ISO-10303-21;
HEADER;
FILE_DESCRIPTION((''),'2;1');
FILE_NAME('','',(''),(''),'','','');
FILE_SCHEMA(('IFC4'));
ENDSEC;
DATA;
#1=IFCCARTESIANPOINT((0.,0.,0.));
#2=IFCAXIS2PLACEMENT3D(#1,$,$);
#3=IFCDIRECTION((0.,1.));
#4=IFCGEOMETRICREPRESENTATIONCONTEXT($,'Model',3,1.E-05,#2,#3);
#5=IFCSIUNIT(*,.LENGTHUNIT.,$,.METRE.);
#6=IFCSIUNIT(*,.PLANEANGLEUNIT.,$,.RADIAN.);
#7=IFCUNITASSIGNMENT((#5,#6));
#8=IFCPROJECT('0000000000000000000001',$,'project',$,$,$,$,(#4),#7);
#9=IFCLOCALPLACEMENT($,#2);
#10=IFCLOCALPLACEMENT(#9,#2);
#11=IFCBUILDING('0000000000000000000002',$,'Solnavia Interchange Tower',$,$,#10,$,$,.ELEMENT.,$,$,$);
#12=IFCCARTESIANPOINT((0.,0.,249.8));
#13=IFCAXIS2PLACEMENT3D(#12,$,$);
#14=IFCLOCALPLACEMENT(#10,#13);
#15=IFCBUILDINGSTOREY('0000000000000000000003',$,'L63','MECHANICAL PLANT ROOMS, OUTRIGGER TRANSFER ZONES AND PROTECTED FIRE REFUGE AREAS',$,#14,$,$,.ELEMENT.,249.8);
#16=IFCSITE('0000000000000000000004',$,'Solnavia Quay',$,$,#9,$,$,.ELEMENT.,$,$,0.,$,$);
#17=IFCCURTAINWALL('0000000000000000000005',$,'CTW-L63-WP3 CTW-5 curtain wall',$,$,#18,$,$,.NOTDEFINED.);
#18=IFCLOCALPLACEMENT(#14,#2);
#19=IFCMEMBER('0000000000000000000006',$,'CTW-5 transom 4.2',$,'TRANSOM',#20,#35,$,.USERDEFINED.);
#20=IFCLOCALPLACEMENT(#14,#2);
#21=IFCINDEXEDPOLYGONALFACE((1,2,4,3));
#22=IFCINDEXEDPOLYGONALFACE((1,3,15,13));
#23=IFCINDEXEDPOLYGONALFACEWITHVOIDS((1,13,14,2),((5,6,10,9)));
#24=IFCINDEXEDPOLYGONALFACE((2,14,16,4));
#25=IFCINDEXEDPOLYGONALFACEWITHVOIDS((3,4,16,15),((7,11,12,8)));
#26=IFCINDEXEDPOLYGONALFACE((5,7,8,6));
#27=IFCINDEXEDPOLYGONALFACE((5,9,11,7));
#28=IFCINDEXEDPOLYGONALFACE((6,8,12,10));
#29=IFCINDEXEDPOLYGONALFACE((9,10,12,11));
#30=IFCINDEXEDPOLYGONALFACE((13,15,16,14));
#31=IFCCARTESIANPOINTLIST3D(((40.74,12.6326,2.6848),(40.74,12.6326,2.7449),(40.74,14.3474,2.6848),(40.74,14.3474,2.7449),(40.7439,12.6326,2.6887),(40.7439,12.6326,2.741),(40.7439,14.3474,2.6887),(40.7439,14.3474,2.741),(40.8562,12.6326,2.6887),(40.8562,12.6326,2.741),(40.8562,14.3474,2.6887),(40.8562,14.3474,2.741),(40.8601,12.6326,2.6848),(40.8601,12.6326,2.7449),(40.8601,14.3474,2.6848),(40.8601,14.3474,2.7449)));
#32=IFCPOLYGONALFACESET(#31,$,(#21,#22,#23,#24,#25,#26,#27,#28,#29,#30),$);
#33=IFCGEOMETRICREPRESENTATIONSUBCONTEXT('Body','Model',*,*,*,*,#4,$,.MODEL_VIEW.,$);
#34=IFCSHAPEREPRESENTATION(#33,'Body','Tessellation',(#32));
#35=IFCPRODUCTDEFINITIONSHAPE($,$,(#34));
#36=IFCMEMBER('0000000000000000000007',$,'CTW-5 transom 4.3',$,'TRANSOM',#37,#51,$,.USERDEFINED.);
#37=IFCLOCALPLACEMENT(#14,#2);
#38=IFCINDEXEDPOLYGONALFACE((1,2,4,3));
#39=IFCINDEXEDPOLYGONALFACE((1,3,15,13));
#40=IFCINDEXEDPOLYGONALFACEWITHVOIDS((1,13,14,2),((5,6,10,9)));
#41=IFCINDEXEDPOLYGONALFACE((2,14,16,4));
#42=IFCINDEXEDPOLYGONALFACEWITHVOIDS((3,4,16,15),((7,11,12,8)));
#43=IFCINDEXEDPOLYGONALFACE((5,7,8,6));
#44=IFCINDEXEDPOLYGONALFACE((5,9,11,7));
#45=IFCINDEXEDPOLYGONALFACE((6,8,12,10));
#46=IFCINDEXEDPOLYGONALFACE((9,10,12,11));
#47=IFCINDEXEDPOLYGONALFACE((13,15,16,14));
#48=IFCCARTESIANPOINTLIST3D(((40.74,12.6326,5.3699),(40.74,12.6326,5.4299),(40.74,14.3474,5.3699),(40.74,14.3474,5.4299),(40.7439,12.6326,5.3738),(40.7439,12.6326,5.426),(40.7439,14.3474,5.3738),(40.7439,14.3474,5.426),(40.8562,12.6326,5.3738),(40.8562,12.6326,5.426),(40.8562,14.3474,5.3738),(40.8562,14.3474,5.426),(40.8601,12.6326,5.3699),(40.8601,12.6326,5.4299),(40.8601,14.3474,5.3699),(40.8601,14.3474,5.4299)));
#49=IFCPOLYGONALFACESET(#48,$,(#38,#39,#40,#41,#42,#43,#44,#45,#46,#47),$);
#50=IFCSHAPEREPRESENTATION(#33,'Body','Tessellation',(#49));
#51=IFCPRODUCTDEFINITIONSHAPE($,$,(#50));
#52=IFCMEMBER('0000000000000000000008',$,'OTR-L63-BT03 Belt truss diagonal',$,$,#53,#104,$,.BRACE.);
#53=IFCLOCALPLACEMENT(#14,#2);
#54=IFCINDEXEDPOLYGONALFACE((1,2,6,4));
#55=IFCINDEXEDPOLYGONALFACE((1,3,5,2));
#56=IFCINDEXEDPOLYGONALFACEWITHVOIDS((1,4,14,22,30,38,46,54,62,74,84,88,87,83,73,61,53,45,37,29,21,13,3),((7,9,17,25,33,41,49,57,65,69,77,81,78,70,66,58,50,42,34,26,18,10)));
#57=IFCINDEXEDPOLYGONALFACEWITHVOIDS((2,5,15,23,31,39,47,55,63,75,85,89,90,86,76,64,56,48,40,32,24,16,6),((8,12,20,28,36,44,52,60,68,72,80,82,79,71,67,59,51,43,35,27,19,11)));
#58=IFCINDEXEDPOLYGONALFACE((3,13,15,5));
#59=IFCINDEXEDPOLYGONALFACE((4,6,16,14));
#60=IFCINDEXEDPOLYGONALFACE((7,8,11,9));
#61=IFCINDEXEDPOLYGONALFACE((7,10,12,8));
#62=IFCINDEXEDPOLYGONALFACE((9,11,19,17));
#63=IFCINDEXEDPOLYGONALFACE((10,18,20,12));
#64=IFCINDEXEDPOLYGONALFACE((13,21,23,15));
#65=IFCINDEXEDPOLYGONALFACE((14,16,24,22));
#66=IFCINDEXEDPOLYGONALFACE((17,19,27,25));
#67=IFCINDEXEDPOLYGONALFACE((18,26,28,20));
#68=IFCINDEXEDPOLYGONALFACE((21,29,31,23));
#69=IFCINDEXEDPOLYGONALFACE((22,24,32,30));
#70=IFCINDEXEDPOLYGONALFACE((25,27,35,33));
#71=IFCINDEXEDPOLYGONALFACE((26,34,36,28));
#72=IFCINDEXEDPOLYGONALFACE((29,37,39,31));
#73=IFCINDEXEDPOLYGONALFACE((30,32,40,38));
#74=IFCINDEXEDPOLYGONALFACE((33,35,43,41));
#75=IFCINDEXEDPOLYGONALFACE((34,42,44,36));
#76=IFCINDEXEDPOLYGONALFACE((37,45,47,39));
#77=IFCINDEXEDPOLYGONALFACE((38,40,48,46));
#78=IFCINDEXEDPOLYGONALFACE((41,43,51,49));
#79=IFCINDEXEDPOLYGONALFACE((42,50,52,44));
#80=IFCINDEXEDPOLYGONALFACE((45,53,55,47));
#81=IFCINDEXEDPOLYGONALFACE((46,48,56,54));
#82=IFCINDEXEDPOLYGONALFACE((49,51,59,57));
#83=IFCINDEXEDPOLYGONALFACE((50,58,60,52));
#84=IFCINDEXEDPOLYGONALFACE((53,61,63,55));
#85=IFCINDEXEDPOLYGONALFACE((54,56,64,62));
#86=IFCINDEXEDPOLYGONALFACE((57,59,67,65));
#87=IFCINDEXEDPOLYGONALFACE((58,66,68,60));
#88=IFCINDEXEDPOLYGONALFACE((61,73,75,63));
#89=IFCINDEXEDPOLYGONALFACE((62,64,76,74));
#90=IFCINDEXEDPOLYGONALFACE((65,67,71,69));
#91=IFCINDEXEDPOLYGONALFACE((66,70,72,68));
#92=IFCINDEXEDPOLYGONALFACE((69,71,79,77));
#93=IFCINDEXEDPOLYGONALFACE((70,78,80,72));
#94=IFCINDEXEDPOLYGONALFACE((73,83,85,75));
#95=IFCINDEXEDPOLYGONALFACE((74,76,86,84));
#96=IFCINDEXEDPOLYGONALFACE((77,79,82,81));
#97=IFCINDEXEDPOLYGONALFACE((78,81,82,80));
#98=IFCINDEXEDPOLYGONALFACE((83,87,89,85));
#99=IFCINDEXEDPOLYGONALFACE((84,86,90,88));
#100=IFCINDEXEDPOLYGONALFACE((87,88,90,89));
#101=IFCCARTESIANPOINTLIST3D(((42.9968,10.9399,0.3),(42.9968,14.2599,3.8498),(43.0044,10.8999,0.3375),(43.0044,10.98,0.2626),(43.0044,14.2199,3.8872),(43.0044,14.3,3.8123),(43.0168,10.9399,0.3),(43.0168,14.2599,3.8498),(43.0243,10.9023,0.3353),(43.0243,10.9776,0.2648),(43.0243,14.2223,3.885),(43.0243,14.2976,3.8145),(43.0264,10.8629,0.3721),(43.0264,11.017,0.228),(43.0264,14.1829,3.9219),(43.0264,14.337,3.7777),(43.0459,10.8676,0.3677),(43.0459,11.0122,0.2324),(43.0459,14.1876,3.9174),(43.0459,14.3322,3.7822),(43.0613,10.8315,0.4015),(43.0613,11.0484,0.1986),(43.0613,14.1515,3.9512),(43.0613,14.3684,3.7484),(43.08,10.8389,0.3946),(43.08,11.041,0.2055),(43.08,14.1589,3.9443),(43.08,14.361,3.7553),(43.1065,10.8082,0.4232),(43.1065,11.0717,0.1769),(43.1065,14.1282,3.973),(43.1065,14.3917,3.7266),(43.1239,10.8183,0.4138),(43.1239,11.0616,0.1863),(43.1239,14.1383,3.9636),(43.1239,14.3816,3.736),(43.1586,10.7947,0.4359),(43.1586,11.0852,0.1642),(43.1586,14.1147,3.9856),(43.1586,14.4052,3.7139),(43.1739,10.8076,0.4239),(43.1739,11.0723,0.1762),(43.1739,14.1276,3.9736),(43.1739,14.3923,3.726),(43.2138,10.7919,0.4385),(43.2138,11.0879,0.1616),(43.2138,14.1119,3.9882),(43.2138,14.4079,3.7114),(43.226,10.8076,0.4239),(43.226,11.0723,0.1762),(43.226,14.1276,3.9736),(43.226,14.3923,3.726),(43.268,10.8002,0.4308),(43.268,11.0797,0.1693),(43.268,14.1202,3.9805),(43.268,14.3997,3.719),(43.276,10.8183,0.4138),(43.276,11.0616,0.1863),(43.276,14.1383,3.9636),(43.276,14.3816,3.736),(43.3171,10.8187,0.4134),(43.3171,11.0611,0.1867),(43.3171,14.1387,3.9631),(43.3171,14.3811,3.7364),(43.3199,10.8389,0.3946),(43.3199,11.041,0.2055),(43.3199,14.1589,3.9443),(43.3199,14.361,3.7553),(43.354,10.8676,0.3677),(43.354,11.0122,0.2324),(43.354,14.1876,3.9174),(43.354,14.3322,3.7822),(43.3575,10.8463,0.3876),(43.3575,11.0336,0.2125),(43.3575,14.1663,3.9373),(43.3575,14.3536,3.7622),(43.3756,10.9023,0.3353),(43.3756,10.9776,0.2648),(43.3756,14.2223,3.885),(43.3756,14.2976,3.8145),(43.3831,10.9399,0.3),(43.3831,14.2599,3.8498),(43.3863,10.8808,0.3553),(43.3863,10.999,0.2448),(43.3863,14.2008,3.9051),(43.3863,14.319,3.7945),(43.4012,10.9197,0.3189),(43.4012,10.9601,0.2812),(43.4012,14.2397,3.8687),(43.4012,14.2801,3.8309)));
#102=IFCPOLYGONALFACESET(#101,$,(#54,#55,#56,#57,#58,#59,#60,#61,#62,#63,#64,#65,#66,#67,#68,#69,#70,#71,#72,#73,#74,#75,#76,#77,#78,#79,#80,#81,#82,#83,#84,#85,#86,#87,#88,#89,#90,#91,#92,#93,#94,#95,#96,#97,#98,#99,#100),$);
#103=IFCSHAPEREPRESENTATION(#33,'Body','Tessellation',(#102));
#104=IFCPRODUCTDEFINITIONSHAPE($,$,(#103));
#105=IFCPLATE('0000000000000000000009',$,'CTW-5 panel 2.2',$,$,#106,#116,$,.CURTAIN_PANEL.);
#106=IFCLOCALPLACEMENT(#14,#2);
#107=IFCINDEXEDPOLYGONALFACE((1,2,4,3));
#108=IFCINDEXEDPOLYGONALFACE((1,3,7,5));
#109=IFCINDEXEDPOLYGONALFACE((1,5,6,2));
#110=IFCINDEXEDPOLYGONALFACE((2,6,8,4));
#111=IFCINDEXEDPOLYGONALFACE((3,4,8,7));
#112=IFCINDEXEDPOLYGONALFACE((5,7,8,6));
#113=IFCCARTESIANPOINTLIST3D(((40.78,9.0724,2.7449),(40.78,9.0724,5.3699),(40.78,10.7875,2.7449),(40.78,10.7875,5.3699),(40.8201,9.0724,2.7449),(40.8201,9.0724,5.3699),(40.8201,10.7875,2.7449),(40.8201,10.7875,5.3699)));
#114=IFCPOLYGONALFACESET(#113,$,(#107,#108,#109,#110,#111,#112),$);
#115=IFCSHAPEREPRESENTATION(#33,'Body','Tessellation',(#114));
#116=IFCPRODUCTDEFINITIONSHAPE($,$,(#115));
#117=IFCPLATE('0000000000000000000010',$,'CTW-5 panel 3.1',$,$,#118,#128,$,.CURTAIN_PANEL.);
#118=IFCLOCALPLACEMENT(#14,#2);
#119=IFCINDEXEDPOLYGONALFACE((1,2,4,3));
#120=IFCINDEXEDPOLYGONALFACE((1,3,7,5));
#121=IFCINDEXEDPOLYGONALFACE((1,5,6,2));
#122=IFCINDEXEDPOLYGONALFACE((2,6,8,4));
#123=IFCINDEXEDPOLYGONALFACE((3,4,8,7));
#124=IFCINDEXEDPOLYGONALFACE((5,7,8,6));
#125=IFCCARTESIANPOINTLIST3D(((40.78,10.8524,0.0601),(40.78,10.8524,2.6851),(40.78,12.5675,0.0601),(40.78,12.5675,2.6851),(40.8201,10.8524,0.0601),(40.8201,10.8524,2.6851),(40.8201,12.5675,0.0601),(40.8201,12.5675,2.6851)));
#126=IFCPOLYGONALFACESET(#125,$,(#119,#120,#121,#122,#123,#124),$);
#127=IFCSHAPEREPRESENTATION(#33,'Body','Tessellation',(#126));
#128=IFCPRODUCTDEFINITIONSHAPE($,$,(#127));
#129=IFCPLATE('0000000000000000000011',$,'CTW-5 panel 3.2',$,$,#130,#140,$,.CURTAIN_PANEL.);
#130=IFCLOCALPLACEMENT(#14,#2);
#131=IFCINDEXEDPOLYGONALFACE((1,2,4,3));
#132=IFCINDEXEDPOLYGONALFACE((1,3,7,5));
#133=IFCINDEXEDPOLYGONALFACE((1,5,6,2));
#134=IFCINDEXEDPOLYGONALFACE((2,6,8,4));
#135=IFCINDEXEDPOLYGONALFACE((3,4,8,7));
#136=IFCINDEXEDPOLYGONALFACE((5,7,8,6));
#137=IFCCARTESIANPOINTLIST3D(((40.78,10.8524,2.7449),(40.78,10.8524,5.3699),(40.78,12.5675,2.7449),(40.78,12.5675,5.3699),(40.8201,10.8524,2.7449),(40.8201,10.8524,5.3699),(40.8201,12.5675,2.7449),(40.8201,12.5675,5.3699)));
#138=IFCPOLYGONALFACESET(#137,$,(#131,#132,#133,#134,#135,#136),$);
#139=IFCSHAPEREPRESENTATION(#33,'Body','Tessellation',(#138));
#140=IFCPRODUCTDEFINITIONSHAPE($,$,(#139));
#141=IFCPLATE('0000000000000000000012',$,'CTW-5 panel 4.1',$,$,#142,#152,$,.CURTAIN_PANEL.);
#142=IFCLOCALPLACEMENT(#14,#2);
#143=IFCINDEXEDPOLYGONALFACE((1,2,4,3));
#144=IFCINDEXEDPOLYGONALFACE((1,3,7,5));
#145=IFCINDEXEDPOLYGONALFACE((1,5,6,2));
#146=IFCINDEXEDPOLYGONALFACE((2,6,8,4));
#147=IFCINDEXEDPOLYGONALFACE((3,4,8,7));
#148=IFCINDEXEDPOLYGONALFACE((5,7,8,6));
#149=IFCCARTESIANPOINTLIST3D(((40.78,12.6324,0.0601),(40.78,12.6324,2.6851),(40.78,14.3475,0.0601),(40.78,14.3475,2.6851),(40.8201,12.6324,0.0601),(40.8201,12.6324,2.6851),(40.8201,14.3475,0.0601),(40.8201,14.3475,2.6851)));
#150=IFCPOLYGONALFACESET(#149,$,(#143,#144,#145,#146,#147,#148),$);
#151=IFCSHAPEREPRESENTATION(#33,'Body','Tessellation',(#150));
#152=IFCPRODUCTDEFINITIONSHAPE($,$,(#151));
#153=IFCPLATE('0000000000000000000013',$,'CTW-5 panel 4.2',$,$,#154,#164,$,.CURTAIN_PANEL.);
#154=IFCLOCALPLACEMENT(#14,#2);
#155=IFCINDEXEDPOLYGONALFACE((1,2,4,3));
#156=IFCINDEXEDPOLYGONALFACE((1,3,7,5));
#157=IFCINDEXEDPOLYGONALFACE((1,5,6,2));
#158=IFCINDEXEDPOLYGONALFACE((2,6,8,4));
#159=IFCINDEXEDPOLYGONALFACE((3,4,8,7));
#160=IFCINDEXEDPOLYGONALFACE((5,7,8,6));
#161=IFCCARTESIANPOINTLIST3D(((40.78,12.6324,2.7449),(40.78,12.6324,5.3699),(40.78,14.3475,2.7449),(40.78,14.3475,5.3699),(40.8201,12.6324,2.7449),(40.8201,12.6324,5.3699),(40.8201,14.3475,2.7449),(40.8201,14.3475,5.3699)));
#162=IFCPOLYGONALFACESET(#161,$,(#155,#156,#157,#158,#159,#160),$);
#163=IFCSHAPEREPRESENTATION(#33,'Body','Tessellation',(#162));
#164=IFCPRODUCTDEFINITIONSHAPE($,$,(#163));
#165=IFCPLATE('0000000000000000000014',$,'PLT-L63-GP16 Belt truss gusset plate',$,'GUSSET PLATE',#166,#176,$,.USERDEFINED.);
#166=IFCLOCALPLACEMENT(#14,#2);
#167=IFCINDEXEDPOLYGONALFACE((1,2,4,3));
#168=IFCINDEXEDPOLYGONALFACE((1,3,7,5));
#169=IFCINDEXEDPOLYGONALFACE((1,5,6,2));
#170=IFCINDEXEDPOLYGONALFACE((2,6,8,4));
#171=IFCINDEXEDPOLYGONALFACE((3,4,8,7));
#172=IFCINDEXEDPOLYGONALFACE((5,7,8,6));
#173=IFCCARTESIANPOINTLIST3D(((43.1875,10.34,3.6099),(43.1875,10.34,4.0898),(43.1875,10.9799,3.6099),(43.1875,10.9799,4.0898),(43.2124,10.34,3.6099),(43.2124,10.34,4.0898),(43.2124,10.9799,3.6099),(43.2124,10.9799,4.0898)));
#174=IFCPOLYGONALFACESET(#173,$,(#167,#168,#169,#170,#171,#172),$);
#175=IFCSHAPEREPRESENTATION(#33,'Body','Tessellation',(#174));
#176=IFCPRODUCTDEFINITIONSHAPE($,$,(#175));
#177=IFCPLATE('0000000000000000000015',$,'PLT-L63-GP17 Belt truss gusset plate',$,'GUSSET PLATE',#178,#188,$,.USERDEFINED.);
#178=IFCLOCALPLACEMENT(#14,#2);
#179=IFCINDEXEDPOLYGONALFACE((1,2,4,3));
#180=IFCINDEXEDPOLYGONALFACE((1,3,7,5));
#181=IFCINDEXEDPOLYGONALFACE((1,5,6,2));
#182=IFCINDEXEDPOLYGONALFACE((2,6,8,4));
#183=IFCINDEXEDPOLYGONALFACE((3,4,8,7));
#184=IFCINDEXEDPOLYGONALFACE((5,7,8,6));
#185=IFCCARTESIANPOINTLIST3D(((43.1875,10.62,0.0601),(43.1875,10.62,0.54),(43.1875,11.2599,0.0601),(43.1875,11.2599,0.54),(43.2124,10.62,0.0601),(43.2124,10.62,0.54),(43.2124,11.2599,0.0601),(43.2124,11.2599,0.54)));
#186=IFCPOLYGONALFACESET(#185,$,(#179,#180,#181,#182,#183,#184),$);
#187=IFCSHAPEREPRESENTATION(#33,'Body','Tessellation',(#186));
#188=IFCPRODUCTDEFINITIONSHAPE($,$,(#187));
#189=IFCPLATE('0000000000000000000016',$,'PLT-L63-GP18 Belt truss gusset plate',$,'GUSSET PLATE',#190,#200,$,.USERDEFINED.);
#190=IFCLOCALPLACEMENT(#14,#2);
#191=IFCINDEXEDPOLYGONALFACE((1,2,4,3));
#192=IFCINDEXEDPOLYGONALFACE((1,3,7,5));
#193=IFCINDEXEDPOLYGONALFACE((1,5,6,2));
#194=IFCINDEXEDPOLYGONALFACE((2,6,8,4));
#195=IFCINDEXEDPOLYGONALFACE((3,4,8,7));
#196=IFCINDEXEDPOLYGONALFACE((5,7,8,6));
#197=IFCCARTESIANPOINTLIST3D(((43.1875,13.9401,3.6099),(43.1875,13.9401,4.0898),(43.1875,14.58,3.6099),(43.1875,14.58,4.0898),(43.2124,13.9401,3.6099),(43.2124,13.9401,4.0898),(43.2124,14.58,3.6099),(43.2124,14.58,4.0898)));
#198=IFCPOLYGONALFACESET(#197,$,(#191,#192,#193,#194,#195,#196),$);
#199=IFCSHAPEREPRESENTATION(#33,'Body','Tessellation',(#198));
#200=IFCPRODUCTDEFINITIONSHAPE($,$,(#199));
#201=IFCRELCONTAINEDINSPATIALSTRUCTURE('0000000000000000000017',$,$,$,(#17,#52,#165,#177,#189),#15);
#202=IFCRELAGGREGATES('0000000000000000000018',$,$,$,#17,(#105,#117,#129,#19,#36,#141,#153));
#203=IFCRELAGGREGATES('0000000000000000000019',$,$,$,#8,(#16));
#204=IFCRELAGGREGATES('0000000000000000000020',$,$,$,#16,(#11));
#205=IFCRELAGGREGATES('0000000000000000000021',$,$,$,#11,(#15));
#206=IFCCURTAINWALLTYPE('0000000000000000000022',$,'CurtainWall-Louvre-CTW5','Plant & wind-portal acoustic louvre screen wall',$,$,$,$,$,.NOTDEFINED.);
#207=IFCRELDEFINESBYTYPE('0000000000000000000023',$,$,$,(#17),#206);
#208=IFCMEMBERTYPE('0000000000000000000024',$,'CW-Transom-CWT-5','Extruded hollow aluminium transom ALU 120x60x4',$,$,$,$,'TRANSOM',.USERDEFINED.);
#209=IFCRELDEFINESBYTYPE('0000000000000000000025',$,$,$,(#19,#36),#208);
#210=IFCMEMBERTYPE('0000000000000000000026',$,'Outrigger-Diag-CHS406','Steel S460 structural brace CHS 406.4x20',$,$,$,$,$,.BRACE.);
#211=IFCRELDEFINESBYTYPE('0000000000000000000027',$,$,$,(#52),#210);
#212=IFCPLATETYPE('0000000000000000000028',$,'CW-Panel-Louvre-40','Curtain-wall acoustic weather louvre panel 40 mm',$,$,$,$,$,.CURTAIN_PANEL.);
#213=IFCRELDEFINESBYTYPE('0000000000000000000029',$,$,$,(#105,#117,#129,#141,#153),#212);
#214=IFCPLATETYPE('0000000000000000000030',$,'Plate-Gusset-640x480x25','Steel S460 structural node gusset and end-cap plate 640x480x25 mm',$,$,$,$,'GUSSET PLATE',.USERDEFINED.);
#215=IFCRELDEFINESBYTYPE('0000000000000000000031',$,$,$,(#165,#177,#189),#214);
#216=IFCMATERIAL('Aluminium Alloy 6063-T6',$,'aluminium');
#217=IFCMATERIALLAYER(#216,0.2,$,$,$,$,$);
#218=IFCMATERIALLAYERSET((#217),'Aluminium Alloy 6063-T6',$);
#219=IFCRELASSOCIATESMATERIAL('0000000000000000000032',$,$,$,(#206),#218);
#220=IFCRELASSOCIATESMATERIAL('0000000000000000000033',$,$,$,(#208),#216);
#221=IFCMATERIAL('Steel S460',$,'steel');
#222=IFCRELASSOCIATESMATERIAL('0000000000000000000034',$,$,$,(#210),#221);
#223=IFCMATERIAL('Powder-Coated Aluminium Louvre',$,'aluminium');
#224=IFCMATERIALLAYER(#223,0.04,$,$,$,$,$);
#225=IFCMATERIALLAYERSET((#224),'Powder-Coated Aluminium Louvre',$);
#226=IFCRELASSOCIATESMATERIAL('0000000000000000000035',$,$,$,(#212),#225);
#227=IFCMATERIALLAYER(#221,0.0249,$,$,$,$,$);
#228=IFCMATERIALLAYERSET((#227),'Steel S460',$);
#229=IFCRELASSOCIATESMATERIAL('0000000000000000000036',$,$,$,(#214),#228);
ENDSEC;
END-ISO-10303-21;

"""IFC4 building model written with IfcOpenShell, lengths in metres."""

from ifc_helpers import new_model, si_unit, direction, frame, origin, origin_2d, place, context, subcontext, project, spatial, rectangle, hollow_rectangle, hollow_circle, extrude, material, layer, layer_set, material_profile, profile_set, type_object, element, aggregate, save


model = new_model("IFC4")

# Units and contexts
model_context = context("Model", 3, precision=1e-05, world=origin(), true_north=direction((0.0, 1.0)))
body_context = subcontext(model_context, "Body", "Model", "MODEL_VIEW")
ifc_project = project(units=[si_unit("LENGTHUNIT", "METRE"), si_unit("PLANEANGLEUNIT", "RADIAN")], contexts=[model_context])

# Site, building, storey
site_placement = place(None, origin())
site = spatial("IfcSite", under=ifc_project, at=site_placement, Name="Solnavia Quay", CompositionType="ELEMENT", RefElevation=0.0)
building_placement = place(site_placement, origin())
building = spatial("IfcBuilding", under=site, at=building_placement, Name="Solnavia Interchange Tower", CompositionType="ELEMENT")
storey_placement = place(building_placement, frame((0.0, 0.0, 249.8)))
storey = spatial("IfcBuildingStorey", under=building, at=storey_placement, Name="L63", Description="MECHANICAL PLANT ROOMS, OUTRIGGER TRANSFER ZONES AND PROTECTED FIRE REFUGE AREAS", CompositionType="ELEMENT", Elevation=249.8)

# Curtain wall
ifc_material_1 = material(Name="Aluminium Alloy 6063-T6", Category="aluminium")
ifc_layer_1 = layer(ifc_material_1, 0.2)
ifc_layer_set_1 = layer_set([ifc_layer_1], Name="Aluminium Alloy 6063-T6")
curtain_wall_type = type_object("IfcCurtainWallType", Name="CurtainWall-Louvre-CTW5", Description="Plant & wind-portal acoustic louvre screen wall", PredefinedType="NOTDEFINED", material=ifc_layer_set_1)
curtain_wall_1_placement = place(storey_placement, origin())
curtain_wall_1 = element("IfcCurtainWall", 1, at=curtain_wall_1_placement, inside=storey, type_object=curtain_wall_type, Name="CTW-L63-WP3 CTW-5 curtain wall", PredefinedType="NOTDEFINED")

# Members
ifc_material_profile_1 = material_profile(ifc_material_1, hollow_rectangle(XDim=0.0601, YDim=0.1201, WallThickness=0.0039, at=origin_2d()), Name="ALU 120x60x4")
ifc_profile_set_1 = profile_set([ifc_material_profile_1], Name="Aluminium Alloy 6063-T6")
member_type_1 = type_object("IfcMemberType", Name="CW-Transom-CWT-5", Description="Extruded hollow aluminium transom ALU 120x60x4", ElementType="TRANSOM", PredefinedType="USERDEFINED", material=ifc_profile_set_1)
member_1_placement = place(storey_placement, frame((40.8, 12.6326, 2.7148), z_axis=(0.0, 1.0, 0.0), x_axis=(0.0, 0.0, 1.0)))
member_1 = element("IfcMember", 2, at=member_1_placement, type_object=member_type_1, Name="CTW-5 transom 4.2", ObjectType="TRANSOM", PredefinedType="USERDEFINED", context=body_context, shape_type="SweptSolid", body=[
    extrude(hollow_rectangle(XDim=0.0601, YDim=0.1201, WallThickness=0.0039, at=origin_2d()), origin(), (0.0, 0.0, 1.0), 1.7148),
])
member_2_placement = place(storey_placement, frame((40.8, 12.6326, 5.3999), z_axis=(0.0, 1.0, 0.0), x_axis=(0.0, 0.0, 1.0)))
member_2 = element("IfcMember", 3, at=member_2_placement, type_object=member_type_1, Name="CTW-5 transom 4.3", ObjectType="TRANSOM", PredefinedType="USERDEFINED", context=body_context, shape_type="SweptSolid", body=[
    extrude(hollow_rectangle(XDim=0.0601, YDim=0.1201, WallThickness=0.0039, at=origin_2d()), origin(), (0.0, 0.0, 1.0), 1.7148),
])
ifc_material_2 = material(Name="Steel S460", Category="steel")
ifc_material_profile_2 = material_profile(ifc_material_2, hollow_circle(Radius=0.2031, WallThickness=0.02, at=origin_2d()), Name="CHS 406.4x20")
ifc_profile_set_2 = profile_set([ifc_material_profile_2], Name="Steel S460")
member_type_2 = type_object("IfcMemberType", Name="Outrigger-Diag-CHS406", Description="Steel S460 structural brace CHS 406.4x20", PredefinedType="BRACE", material=ifc_profile_set_2)
member_3_placement = place(storey_placement, frame((43.2, 10.9399, 0.3), z_axis=(0.0, 0.683078, 0.730345), x_axis=(-1.0, 0.0, 0.0)))
element("IfcMember", 4, at=member_3_placement, inside=storey, type_object=member_type_2, Name="OTR-L63-BT03 Belt truss diagonal", PredefinedType="BRACE", context=body_context, shape_type="SweptSolid", body=[
    extrude(hollow_circle(Radius=0.2031, WallThickness=0.02, at=origin_2d()), origin(), (0.0, 0.0, 1.0), 4.8604),
])

# Plates
ifc_material_3 = material(Name="Powder-Coated Aluminium Louvre", Category="aluminium")
ifc_layer_2 = layer(ifc_material_3, 0.04)
ifc_layer_set_2 = layer_set([ifc_layer_2], Name="Powder-Coated Aluminium Louvre")
plate_type_1 = type_object("IfcPlateType", Name="CW-Panel-Louvre-40", Description="Curtain-wall acoustic weather louvre panel 40 mm", PredefinedType="CURTAIN_PANEL", material=ifc_layer_set_2)
plate_1_placement = place(storey_placement, frame((40.8, 9.9299, 2.7449), z_axis=(0.0, 0.0, 1.0), x_axis=(0.0, 1.0, 0.0)))
plate_1 = element("IfcPlate", 5, at=plate_1_placement, type_object=plate_type_1, Name="CTW-5 panel 2.2", PredefinedType="CURTAIN_PANEL", context=body_context, shape_type="SweptSolid", body=[
    extrude(rectangle(XDim=1.7151, YDim=0.04, at=origin_2d()), origin(), (0.0, 0.0, 1.0), 2.625),
])
plate_2_placement = place(storey_placement, frame((40.8, 11.71, 0.0601), z_axis=(0.0, 0.0, 1.0), x_axis=(0.0, 1.0, 0.0)))
plate_2 = element("IfcPlate", 6, at=plate_2_placement, type_object=plate_type_1, Name="CTW-5 panel 3.1", PredefinedType="CURTAIN_PANEL", context=body_context, shape_type="SweptSolid", body=[
    extrude(rectangle(XDim=1.7151, YDim=0.04, at=origin_2d()), origin(), (0.0, 0.0, 1.0), 2.625),
])
plate_3_placement = place(storey_placement, frame((40.8, 11.71, 2.7449), z_axis=(0.0, 0.0, 1.0), x_axis=(0.0, 1.0, 0.0)))
plate_3 = element("IfcPlate", 7, at=plate_3_placement, type_object=plate_type_1, Name="CTW-5 panel 3.2", PredefinedType="CURTAIN_PANEL", context=body_context, shape_type="SweptSolid", body=[
    extrude(rectangle(XDim=1.7151, YDim=0.04, at=origin_2d()), origin(), (0.0, 0.0, 1.0), 2.625),
])
plate_4_placement = place(storey_placement, frame((40.8, 13.49, 0.0601), z_axis=(0.0, 0.0, 1.0), x_axis=(0.0, 1.0, 0.0)))
plate_4 = element("IfcPlate", 8, at=plate_4_placement, type_object=plate_type_1, Name="CTW-5 panel 4.1", PredefinedType="CURTAIN_PANEL", context=body_context, shape_type="SweptSolid", body=[
    extrude(rectangle(XDim=1.7151, YDim=0.04, at=origin_2d()), origin(), (0.0, 0.0, 1.0), 2.625),
])
plate_5_placement = place(storey_placement, frame((40.8, 13.49, 2.7449), z_axis=(0.0, 0.0, 1.0), x_axis=(0.0, 1.0, 0.0)))
plate_5 = element("IfcPlate", 9, at=plate_5_placement, type_object=plate_type_1, Name="CTW-5 panel 4.2", PredefinedType="CURTAIN_PANEL", context=body_context, shape_type="SweptSolid", body=[
    extrude(rectangle(XDim=1.7151, YDim=0.04, at=origin_2d()), origin(), (0.0, 0.0, 1.0), 2.625),
])
aggregate(curtain_wall_1, [plate_1, plate_2, plate_3, member_1, member_2, plate_4, plate_5])

# Plates
ifc_layer_3 = layer(ifc_material_2, 0.0249)
ifc_layer_set_3 = layer_set([ifc_layer_3], Name="Steel S460")
plate_type_2 = type_object("IfcPlateType", Name="Plate-Gusset-640x480x25", Description="Steel S460 structural node gusset and end-cap plate 640x480x25 mm", ElementType="GUSSET PLATE", PredefinedType="USERDEFINED", material=ifc_layer_set_3)
for number, where, z_axis, x_axis, name in (
    (10, (43.2, 10.6599, 3.6099), (0.0, 0.0, 1.0), (0.0, 1.0, 0.0), "PLT-L63-GP16 Belt truss gusset plate"),
    (11, (43.2, 10.9399, 0.0601), (0.0, 0.0, 1.0), (0.0, 1.0, 0.0), "PLT-L63-GP17 Belt truss gusset plate"),
    (12, (43.2, 14.26, 3.6099), (0.0, 0.0, 1.0), (0.0, 1.0, 0.0), "PLT-L63-GP18 Belt truss gusset plate"),
):
    element("IfcPlate", number, at=place(storey_placement, frame(where, z_axis=z_axis, x_axis=x_axis)), inside=storey, type_object=plate_type_2, Name=name, ObjectType="GUSSET PLATE", PredefinedType="USERDEFINED", context=body_context, shape_type="SweptSolid", body=[
        extrude(rectangle(XDim=0.6399, YDim=0.0249, at=origin_2d()), origin(), (0.0, 0.0, 1.0), 0.48),
    ])

save(model, "model.ifc")
